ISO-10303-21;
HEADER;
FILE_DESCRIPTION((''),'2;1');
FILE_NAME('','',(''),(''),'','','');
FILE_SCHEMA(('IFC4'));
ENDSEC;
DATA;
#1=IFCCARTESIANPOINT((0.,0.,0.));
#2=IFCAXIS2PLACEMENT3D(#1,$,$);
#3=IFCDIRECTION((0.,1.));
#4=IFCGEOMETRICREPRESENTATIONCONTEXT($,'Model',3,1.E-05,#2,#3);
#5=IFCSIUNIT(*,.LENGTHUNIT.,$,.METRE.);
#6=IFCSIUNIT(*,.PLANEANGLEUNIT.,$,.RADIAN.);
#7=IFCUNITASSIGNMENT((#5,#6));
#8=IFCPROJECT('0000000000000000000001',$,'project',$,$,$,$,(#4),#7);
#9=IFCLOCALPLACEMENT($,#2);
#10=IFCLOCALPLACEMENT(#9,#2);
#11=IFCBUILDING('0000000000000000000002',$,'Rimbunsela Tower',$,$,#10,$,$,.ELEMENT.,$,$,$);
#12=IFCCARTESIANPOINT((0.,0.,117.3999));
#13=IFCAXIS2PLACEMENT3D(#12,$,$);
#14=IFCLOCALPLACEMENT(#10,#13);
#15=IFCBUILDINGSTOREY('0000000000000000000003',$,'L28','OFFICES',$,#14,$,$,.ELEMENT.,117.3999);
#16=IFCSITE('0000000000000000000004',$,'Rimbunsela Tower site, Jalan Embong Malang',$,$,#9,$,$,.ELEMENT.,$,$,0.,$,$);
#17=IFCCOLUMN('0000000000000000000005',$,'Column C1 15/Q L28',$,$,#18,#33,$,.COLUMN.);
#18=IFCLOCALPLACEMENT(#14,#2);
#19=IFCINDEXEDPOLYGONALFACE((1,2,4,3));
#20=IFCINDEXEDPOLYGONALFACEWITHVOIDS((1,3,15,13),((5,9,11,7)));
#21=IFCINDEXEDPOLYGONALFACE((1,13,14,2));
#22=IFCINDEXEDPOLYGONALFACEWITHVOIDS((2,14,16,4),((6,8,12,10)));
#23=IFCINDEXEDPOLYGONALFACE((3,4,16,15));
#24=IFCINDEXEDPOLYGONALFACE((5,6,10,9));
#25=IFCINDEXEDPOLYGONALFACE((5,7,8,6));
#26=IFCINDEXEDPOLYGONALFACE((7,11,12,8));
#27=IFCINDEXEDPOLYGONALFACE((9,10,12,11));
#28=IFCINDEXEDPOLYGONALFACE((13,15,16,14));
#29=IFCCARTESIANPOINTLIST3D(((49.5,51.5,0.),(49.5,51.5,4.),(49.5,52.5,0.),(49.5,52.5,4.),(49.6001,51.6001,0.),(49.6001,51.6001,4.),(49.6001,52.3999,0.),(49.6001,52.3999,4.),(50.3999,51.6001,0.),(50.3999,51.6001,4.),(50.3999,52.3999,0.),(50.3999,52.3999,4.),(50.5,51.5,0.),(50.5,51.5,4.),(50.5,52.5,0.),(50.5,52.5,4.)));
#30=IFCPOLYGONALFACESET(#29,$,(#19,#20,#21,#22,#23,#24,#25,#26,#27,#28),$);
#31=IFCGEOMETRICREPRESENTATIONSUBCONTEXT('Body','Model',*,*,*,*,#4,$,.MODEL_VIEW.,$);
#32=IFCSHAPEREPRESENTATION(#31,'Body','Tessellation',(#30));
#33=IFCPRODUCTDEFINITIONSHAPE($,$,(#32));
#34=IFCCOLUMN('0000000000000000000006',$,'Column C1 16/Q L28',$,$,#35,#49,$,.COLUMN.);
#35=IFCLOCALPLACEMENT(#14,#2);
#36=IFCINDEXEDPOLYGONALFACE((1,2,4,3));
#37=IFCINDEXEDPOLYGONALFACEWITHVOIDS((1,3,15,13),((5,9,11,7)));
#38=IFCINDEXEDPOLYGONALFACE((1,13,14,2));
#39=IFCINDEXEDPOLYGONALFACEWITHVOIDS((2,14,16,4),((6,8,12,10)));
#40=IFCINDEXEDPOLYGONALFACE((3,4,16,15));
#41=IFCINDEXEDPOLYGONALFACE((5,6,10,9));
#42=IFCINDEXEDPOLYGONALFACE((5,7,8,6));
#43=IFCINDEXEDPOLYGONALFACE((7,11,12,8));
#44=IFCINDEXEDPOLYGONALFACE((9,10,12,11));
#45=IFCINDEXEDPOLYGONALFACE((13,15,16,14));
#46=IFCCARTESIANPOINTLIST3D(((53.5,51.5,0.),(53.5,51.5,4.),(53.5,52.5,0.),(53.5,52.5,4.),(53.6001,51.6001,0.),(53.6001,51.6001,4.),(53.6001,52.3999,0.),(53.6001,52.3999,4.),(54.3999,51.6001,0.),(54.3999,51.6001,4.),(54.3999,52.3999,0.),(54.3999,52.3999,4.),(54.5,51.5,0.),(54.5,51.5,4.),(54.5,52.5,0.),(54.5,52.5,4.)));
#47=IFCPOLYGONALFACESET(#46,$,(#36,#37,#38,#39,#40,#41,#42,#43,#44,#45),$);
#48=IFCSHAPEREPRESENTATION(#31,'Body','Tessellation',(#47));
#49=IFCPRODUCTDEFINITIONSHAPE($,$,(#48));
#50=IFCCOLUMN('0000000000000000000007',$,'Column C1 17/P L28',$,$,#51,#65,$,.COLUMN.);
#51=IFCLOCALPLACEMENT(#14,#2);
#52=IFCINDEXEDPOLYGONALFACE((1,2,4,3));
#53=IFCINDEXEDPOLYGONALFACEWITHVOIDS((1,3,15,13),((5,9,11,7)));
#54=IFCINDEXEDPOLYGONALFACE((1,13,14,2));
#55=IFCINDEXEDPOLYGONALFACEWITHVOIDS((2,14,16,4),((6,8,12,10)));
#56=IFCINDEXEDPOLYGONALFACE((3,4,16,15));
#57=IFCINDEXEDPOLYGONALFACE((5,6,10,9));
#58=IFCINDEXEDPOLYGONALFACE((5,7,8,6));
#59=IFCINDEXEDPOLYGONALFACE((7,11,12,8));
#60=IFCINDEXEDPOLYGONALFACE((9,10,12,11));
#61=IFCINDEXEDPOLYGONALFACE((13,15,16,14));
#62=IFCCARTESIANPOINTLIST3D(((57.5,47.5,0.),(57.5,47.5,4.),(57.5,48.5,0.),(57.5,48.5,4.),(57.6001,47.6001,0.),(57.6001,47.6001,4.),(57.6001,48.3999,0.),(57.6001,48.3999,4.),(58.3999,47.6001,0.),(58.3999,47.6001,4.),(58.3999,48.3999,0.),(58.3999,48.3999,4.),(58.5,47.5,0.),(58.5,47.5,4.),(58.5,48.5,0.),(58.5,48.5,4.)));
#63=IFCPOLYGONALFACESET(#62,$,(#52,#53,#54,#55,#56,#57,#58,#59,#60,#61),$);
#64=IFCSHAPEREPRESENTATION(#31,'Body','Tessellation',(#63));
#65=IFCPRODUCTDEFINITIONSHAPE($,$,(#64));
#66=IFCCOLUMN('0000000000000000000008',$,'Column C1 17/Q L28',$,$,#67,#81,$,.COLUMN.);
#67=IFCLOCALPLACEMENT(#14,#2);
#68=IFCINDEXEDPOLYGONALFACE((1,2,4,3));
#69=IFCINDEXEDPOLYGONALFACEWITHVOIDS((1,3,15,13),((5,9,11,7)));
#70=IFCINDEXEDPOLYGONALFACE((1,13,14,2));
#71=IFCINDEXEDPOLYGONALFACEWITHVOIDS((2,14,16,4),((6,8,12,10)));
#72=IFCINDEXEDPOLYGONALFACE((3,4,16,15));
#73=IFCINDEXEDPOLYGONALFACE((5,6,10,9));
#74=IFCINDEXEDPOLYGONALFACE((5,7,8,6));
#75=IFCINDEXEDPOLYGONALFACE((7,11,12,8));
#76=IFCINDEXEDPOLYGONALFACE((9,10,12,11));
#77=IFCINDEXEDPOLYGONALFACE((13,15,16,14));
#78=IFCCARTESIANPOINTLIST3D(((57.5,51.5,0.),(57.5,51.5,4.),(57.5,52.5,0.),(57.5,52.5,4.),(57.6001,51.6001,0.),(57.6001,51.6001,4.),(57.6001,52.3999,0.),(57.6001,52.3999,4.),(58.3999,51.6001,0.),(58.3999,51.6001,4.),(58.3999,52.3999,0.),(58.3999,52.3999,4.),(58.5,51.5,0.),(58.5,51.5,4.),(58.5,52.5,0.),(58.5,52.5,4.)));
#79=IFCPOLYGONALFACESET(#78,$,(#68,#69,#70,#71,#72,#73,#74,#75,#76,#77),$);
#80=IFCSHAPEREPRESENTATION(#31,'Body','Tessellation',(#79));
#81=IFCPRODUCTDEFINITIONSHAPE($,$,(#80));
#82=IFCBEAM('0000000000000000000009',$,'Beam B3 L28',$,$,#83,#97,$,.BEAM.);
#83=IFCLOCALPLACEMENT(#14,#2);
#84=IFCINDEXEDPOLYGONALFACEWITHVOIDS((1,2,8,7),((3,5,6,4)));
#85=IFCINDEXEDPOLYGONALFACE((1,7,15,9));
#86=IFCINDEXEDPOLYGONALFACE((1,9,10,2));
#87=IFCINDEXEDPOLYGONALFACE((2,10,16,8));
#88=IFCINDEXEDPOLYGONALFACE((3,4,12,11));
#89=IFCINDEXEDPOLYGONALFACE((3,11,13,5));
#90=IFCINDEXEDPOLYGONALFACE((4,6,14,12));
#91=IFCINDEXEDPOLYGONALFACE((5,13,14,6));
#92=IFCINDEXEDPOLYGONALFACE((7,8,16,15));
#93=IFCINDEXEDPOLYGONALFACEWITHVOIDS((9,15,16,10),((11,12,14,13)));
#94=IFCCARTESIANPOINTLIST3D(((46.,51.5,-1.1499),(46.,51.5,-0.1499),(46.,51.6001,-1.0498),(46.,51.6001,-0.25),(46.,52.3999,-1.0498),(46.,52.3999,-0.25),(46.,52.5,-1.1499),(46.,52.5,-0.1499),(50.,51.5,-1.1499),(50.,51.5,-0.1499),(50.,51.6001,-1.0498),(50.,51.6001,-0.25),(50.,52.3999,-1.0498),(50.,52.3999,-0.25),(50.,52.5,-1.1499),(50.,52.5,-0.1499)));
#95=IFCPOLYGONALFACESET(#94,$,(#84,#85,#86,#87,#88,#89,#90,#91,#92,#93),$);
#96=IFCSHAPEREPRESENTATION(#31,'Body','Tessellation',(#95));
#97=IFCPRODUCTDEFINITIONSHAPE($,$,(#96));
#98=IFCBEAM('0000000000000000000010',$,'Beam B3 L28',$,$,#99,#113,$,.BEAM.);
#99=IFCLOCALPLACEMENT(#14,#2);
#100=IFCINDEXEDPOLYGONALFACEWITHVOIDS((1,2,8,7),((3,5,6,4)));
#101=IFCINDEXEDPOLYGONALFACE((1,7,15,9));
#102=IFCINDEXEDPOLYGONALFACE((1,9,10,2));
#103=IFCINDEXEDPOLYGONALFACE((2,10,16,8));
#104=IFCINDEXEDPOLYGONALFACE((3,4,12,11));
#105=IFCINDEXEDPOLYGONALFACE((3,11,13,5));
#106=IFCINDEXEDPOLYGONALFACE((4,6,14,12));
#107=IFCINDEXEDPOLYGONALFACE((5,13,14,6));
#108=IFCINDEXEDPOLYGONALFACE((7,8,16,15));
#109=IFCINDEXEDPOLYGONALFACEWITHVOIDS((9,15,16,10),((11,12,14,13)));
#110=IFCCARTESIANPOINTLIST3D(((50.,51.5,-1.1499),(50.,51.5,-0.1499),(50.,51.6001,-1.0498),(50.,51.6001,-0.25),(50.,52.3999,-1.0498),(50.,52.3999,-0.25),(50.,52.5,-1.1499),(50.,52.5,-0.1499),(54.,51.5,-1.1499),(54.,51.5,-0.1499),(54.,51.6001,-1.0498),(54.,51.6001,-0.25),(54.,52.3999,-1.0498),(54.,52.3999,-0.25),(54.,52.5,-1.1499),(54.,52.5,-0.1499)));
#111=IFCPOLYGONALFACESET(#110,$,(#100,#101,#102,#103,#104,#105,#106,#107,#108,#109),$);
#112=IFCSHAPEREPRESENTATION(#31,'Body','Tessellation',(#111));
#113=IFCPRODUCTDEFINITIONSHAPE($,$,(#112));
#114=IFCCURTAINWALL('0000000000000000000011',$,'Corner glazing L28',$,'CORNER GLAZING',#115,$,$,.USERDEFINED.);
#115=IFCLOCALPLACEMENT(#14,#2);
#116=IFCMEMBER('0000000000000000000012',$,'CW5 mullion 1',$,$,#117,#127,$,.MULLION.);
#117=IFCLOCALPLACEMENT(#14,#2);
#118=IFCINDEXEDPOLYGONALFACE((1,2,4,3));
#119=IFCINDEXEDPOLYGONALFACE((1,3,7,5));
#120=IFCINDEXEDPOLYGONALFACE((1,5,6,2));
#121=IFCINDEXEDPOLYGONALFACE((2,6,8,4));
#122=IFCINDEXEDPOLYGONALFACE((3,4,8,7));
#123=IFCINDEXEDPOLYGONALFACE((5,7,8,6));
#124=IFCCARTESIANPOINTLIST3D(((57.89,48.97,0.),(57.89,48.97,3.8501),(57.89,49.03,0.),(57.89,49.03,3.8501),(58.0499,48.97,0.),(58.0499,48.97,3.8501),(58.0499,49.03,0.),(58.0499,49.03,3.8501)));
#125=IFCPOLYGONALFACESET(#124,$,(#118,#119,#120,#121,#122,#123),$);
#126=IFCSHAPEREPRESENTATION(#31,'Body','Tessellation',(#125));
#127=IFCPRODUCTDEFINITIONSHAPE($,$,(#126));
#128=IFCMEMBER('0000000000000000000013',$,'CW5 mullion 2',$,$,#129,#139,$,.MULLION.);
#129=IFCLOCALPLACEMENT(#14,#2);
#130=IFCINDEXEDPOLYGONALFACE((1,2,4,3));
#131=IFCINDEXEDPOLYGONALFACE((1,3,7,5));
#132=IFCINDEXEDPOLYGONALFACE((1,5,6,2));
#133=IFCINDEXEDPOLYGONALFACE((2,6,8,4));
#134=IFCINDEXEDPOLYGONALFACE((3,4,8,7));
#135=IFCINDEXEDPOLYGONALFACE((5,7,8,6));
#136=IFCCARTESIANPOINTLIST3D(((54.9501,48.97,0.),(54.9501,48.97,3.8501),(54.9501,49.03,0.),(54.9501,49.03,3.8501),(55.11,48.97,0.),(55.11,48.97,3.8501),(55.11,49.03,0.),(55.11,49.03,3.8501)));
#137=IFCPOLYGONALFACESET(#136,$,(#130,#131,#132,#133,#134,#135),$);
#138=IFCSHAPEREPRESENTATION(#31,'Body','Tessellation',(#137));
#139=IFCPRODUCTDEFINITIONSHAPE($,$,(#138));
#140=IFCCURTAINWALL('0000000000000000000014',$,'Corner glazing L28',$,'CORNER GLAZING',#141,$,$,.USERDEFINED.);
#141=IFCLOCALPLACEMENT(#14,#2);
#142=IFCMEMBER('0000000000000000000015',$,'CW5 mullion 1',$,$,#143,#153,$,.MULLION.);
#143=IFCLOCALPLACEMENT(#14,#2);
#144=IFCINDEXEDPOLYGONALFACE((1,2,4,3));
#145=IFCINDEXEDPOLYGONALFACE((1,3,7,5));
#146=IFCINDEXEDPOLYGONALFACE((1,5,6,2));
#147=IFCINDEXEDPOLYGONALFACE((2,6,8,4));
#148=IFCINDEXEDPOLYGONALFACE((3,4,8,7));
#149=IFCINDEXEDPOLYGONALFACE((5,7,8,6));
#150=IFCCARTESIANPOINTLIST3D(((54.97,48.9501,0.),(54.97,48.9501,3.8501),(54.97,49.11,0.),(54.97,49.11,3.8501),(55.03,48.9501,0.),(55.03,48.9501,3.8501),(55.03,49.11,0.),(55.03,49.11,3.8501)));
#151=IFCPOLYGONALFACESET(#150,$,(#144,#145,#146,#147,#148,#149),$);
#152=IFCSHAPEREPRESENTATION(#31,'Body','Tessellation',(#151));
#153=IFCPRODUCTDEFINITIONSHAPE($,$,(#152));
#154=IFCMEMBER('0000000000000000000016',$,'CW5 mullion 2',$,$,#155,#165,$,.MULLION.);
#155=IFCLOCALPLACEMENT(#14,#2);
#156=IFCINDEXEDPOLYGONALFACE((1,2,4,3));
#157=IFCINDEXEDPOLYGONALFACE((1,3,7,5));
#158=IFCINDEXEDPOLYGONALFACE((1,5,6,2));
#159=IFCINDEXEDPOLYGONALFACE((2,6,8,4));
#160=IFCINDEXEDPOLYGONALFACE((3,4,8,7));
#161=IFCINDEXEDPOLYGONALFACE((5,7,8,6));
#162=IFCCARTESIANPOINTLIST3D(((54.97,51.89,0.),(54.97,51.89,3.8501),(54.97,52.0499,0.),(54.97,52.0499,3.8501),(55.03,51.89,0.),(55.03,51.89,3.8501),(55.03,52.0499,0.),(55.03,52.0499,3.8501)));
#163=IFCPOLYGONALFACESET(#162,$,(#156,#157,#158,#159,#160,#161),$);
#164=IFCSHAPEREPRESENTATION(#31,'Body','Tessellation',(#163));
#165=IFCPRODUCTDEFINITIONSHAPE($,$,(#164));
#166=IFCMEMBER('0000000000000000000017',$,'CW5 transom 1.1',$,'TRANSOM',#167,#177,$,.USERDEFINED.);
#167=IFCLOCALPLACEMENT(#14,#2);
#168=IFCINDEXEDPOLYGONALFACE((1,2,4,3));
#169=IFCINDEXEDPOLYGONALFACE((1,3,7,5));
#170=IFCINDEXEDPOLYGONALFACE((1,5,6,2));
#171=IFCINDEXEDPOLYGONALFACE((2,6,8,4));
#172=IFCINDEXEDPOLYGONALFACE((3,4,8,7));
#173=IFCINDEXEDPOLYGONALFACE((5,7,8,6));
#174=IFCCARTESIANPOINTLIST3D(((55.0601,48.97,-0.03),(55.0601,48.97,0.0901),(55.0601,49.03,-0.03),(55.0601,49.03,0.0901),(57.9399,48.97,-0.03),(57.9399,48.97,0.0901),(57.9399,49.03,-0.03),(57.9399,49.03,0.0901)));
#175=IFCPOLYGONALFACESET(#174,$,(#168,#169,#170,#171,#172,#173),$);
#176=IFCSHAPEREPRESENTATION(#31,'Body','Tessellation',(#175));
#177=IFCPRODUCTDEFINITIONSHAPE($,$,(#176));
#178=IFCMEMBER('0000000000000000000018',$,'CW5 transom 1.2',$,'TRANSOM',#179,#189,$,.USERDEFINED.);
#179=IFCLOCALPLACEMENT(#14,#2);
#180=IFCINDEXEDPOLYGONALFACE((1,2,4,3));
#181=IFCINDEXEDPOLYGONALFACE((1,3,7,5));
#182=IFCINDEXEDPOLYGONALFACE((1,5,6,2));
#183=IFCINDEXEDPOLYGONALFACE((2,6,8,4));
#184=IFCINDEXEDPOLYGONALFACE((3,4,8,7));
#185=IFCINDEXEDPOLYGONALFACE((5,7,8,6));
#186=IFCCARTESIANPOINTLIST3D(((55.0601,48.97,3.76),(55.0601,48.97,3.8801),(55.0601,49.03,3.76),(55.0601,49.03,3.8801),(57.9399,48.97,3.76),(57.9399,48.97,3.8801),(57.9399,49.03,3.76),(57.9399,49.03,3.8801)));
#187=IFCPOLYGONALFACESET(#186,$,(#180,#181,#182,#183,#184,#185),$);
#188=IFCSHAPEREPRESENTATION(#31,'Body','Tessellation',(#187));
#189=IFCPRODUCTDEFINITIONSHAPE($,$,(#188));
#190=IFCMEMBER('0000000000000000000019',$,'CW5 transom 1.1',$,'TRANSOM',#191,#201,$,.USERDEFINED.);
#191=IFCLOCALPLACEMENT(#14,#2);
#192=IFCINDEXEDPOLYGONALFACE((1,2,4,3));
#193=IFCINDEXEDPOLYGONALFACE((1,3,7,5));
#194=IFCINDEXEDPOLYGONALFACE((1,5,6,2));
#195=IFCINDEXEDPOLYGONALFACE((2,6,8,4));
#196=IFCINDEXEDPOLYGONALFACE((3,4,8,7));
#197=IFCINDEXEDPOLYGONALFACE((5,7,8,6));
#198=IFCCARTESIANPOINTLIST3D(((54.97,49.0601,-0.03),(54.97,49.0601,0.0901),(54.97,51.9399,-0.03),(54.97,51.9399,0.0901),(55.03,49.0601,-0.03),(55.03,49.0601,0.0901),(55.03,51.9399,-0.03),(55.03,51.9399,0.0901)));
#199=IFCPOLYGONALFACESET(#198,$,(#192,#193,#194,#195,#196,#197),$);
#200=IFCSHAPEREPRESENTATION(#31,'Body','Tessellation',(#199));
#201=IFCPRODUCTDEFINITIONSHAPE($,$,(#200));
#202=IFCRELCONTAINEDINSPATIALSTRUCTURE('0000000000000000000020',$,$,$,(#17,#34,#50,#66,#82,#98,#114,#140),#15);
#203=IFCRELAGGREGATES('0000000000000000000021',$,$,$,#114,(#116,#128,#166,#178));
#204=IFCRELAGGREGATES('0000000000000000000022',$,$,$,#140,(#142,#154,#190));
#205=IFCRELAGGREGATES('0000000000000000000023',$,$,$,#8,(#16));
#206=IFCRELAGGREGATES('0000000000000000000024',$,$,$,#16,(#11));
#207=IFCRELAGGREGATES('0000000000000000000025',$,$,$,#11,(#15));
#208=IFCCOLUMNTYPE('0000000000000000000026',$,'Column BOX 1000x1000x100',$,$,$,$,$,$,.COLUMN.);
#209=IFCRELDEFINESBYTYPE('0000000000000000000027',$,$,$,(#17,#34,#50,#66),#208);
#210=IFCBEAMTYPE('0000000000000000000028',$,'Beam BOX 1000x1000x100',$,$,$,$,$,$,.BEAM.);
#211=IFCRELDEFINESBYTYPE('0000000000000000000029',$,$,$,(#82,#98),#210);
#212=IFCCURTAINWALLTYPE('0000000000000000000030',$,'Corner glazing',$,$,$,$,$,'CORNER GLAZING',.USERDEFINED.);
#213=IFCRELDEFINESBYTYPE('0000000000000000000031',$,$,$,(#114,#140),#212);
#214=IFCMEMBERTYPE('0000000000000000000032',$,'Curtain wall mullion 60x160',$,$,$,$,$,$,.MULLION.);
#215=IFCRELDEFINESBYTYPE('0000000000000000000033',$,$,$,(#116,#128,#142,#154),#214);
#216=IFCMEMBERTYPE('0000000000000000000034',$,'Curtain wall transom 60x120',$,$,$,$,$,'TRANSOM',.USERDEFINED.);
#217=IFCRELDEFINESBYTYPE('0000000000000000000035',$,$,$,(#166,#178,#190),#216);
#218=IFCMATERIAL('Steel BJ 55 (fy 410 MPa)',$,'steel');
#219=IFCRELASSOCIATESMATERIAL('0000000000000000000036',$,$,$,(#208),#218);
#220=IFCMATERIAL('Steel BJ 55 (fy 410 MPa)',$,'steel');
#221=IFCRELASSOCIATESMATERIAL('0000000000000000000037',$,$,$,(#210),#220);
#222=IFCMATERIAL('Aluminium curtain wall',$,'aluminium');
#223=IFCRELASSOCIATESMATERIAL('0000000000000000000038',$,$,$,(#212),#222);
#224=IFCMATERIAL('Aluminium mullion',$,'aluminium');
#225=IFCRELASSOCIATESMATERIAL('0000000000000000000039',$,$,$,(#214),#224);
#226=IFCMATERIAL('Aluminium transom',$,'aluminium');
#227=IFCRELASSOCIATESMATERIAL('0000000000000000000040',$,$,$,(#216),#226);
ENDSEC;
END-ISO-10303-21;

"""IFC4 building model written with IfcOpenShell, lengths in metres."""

from ifc_helpers import new_model, si_unit, direction, frame, origin, origin_2d, place, context, subcontext, project, spatial, rectangle, hollow_rectangle, extrude, material, material_profile, profile_set, type_object, element, aggregate, save


model = new_model("IFC4")

# Units and contexts
model_context = context("Model", 3, precision=1e-05, world=origin(), true_north=direction((0.0, 1.0)))
body_context = subcontext(model_context, "Body", "Model", "MODEL_VIEW")
ifc_project = project(units=[si_unit("LENGTHUNIT", "METRE"), si_unit("PLANEANGLEUNIT", "RADIAN")], contexts=[model_context])

# Site, building, storey
site_placement = place(None, origin())
site = spatial("IfcSite", under=ifc_project, at=site_placement, Name="Rimbunsela Tower site, Jalan Embong Malang", CompositionType="ELEMENT", RefElevation=0.0)
building_placement = place(site_placement, origin())
building = spatial("IfcBuilding", under=site, at=building_placement, Name="Rimbunsela Tower", CompositionType="ELEMENT")
storey_placement = place(building_placement, frame((0.0, 0.0, 117.3999)))
storey = spatial("IfcBuildingStorey", under=building, at=storey_placement, Name="L28", Description="OFFICES", CompositionType="ELEMENT", Elevation=117.3999)

# Columns
ifc_material_1 = material(Name="Steel BJ 55 (fy 410 MPa)", Category="steel")
ifc_material_profile_1 = material_profile(ifc_material_1, hollow_rectangle(XDim=1.0, YDim=1.0, WallThickness=0.1001, at=origin_2d()), Name="BOX 1000x1000x100")
ifc_profile_set_1 = profile_set([ifc_material_profile_1], Name="Steel BJ 55 (fy 410 MPa)")
column_type = type_object("IfcColumnType", Name="Column BOX 1000x1000x100", PredefinedType="COLUMN", material=ifc_profile_set_1)
for number, where, z_axis, x_axis, name in (
    (1, (50.0, 52.0, 0.0), (0.0, 0.0, 1.0), (1.0, 0.0, 0.0), "Column C1 15/Q L28"),
    (2, (54.0, 52.0, 0.0), (0.0, 0.0, 1.0), (1.0, 0.0, 0.0), "Column C1 16/Q L28"),
    (3, (58.0, 48.0, 0.0), (0.0, 0.0, 1.0), (1.0, 0.0, 0.0), "Column C1 17/P L28"),
    (4, (58.0, 52.0, 0.0), (0.0, 0.0, 1.0), (1.0, 0.0, 0.0), "Column C1 17/Q L28"),
):
    element("IfcColumn", number, at=place(storey_placement, frame(where, z_axis=z_axis, x_axis=x_axis)), inside=storey, type_object=column_type, Name=name, PredefinedType="COLUMN", context=body_context, shape_type="SweptSolid", body=[
        extrude(hollow_rectangle(XDim=1.0, YDim=1.0, WallThickness=0.1001, at=origin_2d()), origin(), (0.0, 0.0, 1.0), 4.0),
    ])

# Beams
ifc_material_2 = material(Name="Steel BJ 55 (fy 410 MPa)", Category="steel")
ifc_material_profile_2 = material_profile(ifc_material_2, hollow_rectangle(XDim=1.0, YDim=1.0, WallThickness=0.1001, at=origin_2d()), Name="BOX 1000x1000x100")
ifc_profile_set_2 = profile_set([ifc_material_profile_2], Name="Steel BJ 55 (fy 410 MPa)")
beam_type = type_object("IfcBeamType", Name="Beam BOX 1000x1000x100", PredefinedType="BEAM", material=ifc_profile_set_2)
for number, where, z_axis, x_axis, name in (
    (5, (46.0, 52.0, -0.6499), (1.0, 0.0, 0.0), (0.0, 1.0, 0.0), "Beam B3 L28"),
    (6, (50.0, 52.0, -0.6499), (1.0, 0.0, 0.0), (0.0, 1.0, 0.0), "Beam B3 L28"),
):
    element("IfcBeam", number, at=place(storey_placement, frame(where, z_axis=z_axis, x_axis=x_axis)), inside=storey, type_object=beam_type, Name=name, PredefinedType="BEAM", context=body_context, shape_type="SweptSolid", body=[
        extrude(hollow_rectangle(XDim=1.0, YDim=1.0, WallThickness=0.1001, at=origin_2d()), origin(), (0.0, 0.0, 1.0), 4.0),
    ])

# Curtain walls, members
ifc_material_3 = material(Name="Aluminium curtain wall", Category="aluminium")
curtain_wall_type = type_object("IfcCurtainWallType", Name="Corner glazing", ElementType="CORNER GLAZING", PredefinedType="USERDEFINED", material=ifc_material_3)
curtain_wall_1_placement = place(storey_placement, origin())
curtain_wall_1 = element("IfcCurtainWall", 7, at=curtain_wall_1_placement, inside=storey, type_object=curtain_wall_type, Name="Corner glazing L28", ObjectType="CORNER GLAZING", PredefinedType="USERDEFINED")
ifc_material_4 = material(Name="Aluminium mullion", Category="aluminium")
ifc_material_profile_3 = material_profile(ifc_material_4, rectangle(XDim=0.0601, YDim=0.1599, at=origin_2d()), Name="Mullion 60x160")
ifc_profile_set_3 = profile_set([ifc_material_profile_3], Name="Aluminium mullion")
member_type_1 = type_object("IfcMemberType", Name="Curtain wall mullion 60x160", PredefinedType="MULLION", material=ifc_profile_set_3)
member_1_placement = place(storey_placement, frame((57.97, 49.0, 0.0), z_axis=(0.0, 0.0, 1.0), x_axis=(0.0, -1.0, 0.0)))
member_1 = element("IfcMember", 8, at=member_1_placement, type_object=member_type_1, Name="CW5 mullion 1", PredefinedType="MULLION", context=body_context, shape_type="SweptSolid", body=[
    extrude(rectangle(XDim=0.0601, YDim=0.1599, at=origin_2d()), origin(), (0.0, 0.0, 1.0), 3.8501),
])
member_2_placement = place(storey_placement, frame((55.03, 49.0, 0.0), z_axis=(0.0, 0.0, 1.0), x_axis=(0.0, -1.0, 0.0)))
member_2 = element("IfcMember", 9, at=member_2_placement, type_object=member_type_1, Name="CW5 mullion 2", PredefinedType="MULLION", context=body_context, shape_type="SweptSolid", body=[
    extrude(rectangle(XDim=0.0601, YDim=0.1599, at=origin_2d()), origin(), (0.0, 0.0, 1.0), 3.8501),
])
curtain_wall_2_placement = place(storey_placement, origin())
curtain_wall_2 = element("IfcCurtainWall", 10, at=curtain_wall_2_placement, inside=storey, type_object=curtain_wall_type, Name="Corner glazing L28", ObjectType="CORNER GLAZING", PredefinedType="USERDEFINED")
member_3_placement = place(storey_placement, frame((55.0, 49.03, 0.0), z_axis=(0.0, 0.0, 1.0), x_axis=(-1.0, 0.0, 0.0)))
member_3 = element("IfcMember", 11, at=member_3_placement, type_object=member_type_1, Name="CW5 mullion 1", PredefinedType="MULLION", context=body_context, shape_type="SweptSolid", body=[
    extrude(rectangle(XDim=0.0601, YDim=0.1599, at=origin_2d()), origin(), (0.0, 0.0, 1.0), 3.8501),
])
member_4_placement = place(storey_placement, frame((55.0, 51.97, 0.0), z_axis=(0.0, 0.0, 1.0), x_axis=(-1.0, 0.0, 0.0)))
member_4 = element("IfcMember", 12, at=member_4_placement, type_object=member_type_1, Name="CW5 mullion 2", PredefinedType="MULLION", context=body_context, shape_type="SweptSolid", body=[
    extrude(rectangle(XDim=0.0601, YDim=0.1599, at=origin_2d()), origin(), (0.0, 0.0, 1.0), 3.8501),
])

# Members
ifc_material_5 = material(Name="Aluminium transom", Category="aluminium")
ifc_material_profile_4 = material_profile(ifc_material_5, rectangle(XDim=0.0601, YDim=0.1201, at=origin_2d()), Name="Transom 60x120")
ifc_profile_set_4 = profile_set([ifc_material_profile_4], Name="Aluminium transom")
member_type_2 = type_object("IfcMemberType", Name="Curtain wall transom 60x120", ElementType="TRANSOM", PredefinedType="USERDEFINED", material=ifc_profile_set_4)
member_5_placement = place(storey_placement, frame((57.9399, 49.0, 0.03), z_axis=(-1.0, 0.0, 0.0), x_axis=(0.0, -1.0, 0.0)))
member_5 = element("IfcMember", 13, at=member_5_placement, type_object=member_type_2, Name="CW5 transom 1.1", ObjectType="TRANSOM", PredefinedType="USERDEFINED", context=body_context, shape_type="SweptSolid", body=[
    extrude(rectangle(XDim=0.0601, YDim=0.1201, at=origin_2d()), origin(), (0.0, 0.0, 1.0), 2.8799),
])
member_6_placement = place(storey_placement, frame((57.9399, 49.0, 3.8201), z_axis=(-1.0, 0.0, 0.0), x_axis=(0.0, -1.0, 0.0)))
member_6 = element("IfcMember", 14, at=member_6_placement, type_object=member_type_2, Name="CW5 transom 1.2", ObjectType="TRANSOM", PredefinedType="USERDEFINED", context=body_context, shape_type="SweptSolid", body=[
    extrude(rectangle(XDim=0.0601, YDim=0.1201, at=origin_2d()), origin(), (0.0, 0.0, 1.0), 2.8799),
])
member_7_placement = place(storey_placement, frame((55.0, 49.0601, 0.03), z_axis=(0.0, 1.0, 0.0), x_axis=(-1.0, 0.0, 0.0)))
member_7 = element("IfcMember", 15, at=member_7_placement, type_object=member_type_2, Name="CW5 transom 1.1", ObjectType="TRANSOM", PredefinedType="USERDEFINED", context=body_context, shape_type="SweptSolid", body=[
    extrude(rectangle(XDim=0.0601, YDim=0.1201, at=origin_2d()), origin(), (0.0, 0.0, 1.0), 2.8799),
])

aggregate(curtain_wall_1, [member_1, member_2, member_5, member_6])
aggregate(curtain_wall_2, [member_3, member_4, member_7])

save(model, "model.ifc")
